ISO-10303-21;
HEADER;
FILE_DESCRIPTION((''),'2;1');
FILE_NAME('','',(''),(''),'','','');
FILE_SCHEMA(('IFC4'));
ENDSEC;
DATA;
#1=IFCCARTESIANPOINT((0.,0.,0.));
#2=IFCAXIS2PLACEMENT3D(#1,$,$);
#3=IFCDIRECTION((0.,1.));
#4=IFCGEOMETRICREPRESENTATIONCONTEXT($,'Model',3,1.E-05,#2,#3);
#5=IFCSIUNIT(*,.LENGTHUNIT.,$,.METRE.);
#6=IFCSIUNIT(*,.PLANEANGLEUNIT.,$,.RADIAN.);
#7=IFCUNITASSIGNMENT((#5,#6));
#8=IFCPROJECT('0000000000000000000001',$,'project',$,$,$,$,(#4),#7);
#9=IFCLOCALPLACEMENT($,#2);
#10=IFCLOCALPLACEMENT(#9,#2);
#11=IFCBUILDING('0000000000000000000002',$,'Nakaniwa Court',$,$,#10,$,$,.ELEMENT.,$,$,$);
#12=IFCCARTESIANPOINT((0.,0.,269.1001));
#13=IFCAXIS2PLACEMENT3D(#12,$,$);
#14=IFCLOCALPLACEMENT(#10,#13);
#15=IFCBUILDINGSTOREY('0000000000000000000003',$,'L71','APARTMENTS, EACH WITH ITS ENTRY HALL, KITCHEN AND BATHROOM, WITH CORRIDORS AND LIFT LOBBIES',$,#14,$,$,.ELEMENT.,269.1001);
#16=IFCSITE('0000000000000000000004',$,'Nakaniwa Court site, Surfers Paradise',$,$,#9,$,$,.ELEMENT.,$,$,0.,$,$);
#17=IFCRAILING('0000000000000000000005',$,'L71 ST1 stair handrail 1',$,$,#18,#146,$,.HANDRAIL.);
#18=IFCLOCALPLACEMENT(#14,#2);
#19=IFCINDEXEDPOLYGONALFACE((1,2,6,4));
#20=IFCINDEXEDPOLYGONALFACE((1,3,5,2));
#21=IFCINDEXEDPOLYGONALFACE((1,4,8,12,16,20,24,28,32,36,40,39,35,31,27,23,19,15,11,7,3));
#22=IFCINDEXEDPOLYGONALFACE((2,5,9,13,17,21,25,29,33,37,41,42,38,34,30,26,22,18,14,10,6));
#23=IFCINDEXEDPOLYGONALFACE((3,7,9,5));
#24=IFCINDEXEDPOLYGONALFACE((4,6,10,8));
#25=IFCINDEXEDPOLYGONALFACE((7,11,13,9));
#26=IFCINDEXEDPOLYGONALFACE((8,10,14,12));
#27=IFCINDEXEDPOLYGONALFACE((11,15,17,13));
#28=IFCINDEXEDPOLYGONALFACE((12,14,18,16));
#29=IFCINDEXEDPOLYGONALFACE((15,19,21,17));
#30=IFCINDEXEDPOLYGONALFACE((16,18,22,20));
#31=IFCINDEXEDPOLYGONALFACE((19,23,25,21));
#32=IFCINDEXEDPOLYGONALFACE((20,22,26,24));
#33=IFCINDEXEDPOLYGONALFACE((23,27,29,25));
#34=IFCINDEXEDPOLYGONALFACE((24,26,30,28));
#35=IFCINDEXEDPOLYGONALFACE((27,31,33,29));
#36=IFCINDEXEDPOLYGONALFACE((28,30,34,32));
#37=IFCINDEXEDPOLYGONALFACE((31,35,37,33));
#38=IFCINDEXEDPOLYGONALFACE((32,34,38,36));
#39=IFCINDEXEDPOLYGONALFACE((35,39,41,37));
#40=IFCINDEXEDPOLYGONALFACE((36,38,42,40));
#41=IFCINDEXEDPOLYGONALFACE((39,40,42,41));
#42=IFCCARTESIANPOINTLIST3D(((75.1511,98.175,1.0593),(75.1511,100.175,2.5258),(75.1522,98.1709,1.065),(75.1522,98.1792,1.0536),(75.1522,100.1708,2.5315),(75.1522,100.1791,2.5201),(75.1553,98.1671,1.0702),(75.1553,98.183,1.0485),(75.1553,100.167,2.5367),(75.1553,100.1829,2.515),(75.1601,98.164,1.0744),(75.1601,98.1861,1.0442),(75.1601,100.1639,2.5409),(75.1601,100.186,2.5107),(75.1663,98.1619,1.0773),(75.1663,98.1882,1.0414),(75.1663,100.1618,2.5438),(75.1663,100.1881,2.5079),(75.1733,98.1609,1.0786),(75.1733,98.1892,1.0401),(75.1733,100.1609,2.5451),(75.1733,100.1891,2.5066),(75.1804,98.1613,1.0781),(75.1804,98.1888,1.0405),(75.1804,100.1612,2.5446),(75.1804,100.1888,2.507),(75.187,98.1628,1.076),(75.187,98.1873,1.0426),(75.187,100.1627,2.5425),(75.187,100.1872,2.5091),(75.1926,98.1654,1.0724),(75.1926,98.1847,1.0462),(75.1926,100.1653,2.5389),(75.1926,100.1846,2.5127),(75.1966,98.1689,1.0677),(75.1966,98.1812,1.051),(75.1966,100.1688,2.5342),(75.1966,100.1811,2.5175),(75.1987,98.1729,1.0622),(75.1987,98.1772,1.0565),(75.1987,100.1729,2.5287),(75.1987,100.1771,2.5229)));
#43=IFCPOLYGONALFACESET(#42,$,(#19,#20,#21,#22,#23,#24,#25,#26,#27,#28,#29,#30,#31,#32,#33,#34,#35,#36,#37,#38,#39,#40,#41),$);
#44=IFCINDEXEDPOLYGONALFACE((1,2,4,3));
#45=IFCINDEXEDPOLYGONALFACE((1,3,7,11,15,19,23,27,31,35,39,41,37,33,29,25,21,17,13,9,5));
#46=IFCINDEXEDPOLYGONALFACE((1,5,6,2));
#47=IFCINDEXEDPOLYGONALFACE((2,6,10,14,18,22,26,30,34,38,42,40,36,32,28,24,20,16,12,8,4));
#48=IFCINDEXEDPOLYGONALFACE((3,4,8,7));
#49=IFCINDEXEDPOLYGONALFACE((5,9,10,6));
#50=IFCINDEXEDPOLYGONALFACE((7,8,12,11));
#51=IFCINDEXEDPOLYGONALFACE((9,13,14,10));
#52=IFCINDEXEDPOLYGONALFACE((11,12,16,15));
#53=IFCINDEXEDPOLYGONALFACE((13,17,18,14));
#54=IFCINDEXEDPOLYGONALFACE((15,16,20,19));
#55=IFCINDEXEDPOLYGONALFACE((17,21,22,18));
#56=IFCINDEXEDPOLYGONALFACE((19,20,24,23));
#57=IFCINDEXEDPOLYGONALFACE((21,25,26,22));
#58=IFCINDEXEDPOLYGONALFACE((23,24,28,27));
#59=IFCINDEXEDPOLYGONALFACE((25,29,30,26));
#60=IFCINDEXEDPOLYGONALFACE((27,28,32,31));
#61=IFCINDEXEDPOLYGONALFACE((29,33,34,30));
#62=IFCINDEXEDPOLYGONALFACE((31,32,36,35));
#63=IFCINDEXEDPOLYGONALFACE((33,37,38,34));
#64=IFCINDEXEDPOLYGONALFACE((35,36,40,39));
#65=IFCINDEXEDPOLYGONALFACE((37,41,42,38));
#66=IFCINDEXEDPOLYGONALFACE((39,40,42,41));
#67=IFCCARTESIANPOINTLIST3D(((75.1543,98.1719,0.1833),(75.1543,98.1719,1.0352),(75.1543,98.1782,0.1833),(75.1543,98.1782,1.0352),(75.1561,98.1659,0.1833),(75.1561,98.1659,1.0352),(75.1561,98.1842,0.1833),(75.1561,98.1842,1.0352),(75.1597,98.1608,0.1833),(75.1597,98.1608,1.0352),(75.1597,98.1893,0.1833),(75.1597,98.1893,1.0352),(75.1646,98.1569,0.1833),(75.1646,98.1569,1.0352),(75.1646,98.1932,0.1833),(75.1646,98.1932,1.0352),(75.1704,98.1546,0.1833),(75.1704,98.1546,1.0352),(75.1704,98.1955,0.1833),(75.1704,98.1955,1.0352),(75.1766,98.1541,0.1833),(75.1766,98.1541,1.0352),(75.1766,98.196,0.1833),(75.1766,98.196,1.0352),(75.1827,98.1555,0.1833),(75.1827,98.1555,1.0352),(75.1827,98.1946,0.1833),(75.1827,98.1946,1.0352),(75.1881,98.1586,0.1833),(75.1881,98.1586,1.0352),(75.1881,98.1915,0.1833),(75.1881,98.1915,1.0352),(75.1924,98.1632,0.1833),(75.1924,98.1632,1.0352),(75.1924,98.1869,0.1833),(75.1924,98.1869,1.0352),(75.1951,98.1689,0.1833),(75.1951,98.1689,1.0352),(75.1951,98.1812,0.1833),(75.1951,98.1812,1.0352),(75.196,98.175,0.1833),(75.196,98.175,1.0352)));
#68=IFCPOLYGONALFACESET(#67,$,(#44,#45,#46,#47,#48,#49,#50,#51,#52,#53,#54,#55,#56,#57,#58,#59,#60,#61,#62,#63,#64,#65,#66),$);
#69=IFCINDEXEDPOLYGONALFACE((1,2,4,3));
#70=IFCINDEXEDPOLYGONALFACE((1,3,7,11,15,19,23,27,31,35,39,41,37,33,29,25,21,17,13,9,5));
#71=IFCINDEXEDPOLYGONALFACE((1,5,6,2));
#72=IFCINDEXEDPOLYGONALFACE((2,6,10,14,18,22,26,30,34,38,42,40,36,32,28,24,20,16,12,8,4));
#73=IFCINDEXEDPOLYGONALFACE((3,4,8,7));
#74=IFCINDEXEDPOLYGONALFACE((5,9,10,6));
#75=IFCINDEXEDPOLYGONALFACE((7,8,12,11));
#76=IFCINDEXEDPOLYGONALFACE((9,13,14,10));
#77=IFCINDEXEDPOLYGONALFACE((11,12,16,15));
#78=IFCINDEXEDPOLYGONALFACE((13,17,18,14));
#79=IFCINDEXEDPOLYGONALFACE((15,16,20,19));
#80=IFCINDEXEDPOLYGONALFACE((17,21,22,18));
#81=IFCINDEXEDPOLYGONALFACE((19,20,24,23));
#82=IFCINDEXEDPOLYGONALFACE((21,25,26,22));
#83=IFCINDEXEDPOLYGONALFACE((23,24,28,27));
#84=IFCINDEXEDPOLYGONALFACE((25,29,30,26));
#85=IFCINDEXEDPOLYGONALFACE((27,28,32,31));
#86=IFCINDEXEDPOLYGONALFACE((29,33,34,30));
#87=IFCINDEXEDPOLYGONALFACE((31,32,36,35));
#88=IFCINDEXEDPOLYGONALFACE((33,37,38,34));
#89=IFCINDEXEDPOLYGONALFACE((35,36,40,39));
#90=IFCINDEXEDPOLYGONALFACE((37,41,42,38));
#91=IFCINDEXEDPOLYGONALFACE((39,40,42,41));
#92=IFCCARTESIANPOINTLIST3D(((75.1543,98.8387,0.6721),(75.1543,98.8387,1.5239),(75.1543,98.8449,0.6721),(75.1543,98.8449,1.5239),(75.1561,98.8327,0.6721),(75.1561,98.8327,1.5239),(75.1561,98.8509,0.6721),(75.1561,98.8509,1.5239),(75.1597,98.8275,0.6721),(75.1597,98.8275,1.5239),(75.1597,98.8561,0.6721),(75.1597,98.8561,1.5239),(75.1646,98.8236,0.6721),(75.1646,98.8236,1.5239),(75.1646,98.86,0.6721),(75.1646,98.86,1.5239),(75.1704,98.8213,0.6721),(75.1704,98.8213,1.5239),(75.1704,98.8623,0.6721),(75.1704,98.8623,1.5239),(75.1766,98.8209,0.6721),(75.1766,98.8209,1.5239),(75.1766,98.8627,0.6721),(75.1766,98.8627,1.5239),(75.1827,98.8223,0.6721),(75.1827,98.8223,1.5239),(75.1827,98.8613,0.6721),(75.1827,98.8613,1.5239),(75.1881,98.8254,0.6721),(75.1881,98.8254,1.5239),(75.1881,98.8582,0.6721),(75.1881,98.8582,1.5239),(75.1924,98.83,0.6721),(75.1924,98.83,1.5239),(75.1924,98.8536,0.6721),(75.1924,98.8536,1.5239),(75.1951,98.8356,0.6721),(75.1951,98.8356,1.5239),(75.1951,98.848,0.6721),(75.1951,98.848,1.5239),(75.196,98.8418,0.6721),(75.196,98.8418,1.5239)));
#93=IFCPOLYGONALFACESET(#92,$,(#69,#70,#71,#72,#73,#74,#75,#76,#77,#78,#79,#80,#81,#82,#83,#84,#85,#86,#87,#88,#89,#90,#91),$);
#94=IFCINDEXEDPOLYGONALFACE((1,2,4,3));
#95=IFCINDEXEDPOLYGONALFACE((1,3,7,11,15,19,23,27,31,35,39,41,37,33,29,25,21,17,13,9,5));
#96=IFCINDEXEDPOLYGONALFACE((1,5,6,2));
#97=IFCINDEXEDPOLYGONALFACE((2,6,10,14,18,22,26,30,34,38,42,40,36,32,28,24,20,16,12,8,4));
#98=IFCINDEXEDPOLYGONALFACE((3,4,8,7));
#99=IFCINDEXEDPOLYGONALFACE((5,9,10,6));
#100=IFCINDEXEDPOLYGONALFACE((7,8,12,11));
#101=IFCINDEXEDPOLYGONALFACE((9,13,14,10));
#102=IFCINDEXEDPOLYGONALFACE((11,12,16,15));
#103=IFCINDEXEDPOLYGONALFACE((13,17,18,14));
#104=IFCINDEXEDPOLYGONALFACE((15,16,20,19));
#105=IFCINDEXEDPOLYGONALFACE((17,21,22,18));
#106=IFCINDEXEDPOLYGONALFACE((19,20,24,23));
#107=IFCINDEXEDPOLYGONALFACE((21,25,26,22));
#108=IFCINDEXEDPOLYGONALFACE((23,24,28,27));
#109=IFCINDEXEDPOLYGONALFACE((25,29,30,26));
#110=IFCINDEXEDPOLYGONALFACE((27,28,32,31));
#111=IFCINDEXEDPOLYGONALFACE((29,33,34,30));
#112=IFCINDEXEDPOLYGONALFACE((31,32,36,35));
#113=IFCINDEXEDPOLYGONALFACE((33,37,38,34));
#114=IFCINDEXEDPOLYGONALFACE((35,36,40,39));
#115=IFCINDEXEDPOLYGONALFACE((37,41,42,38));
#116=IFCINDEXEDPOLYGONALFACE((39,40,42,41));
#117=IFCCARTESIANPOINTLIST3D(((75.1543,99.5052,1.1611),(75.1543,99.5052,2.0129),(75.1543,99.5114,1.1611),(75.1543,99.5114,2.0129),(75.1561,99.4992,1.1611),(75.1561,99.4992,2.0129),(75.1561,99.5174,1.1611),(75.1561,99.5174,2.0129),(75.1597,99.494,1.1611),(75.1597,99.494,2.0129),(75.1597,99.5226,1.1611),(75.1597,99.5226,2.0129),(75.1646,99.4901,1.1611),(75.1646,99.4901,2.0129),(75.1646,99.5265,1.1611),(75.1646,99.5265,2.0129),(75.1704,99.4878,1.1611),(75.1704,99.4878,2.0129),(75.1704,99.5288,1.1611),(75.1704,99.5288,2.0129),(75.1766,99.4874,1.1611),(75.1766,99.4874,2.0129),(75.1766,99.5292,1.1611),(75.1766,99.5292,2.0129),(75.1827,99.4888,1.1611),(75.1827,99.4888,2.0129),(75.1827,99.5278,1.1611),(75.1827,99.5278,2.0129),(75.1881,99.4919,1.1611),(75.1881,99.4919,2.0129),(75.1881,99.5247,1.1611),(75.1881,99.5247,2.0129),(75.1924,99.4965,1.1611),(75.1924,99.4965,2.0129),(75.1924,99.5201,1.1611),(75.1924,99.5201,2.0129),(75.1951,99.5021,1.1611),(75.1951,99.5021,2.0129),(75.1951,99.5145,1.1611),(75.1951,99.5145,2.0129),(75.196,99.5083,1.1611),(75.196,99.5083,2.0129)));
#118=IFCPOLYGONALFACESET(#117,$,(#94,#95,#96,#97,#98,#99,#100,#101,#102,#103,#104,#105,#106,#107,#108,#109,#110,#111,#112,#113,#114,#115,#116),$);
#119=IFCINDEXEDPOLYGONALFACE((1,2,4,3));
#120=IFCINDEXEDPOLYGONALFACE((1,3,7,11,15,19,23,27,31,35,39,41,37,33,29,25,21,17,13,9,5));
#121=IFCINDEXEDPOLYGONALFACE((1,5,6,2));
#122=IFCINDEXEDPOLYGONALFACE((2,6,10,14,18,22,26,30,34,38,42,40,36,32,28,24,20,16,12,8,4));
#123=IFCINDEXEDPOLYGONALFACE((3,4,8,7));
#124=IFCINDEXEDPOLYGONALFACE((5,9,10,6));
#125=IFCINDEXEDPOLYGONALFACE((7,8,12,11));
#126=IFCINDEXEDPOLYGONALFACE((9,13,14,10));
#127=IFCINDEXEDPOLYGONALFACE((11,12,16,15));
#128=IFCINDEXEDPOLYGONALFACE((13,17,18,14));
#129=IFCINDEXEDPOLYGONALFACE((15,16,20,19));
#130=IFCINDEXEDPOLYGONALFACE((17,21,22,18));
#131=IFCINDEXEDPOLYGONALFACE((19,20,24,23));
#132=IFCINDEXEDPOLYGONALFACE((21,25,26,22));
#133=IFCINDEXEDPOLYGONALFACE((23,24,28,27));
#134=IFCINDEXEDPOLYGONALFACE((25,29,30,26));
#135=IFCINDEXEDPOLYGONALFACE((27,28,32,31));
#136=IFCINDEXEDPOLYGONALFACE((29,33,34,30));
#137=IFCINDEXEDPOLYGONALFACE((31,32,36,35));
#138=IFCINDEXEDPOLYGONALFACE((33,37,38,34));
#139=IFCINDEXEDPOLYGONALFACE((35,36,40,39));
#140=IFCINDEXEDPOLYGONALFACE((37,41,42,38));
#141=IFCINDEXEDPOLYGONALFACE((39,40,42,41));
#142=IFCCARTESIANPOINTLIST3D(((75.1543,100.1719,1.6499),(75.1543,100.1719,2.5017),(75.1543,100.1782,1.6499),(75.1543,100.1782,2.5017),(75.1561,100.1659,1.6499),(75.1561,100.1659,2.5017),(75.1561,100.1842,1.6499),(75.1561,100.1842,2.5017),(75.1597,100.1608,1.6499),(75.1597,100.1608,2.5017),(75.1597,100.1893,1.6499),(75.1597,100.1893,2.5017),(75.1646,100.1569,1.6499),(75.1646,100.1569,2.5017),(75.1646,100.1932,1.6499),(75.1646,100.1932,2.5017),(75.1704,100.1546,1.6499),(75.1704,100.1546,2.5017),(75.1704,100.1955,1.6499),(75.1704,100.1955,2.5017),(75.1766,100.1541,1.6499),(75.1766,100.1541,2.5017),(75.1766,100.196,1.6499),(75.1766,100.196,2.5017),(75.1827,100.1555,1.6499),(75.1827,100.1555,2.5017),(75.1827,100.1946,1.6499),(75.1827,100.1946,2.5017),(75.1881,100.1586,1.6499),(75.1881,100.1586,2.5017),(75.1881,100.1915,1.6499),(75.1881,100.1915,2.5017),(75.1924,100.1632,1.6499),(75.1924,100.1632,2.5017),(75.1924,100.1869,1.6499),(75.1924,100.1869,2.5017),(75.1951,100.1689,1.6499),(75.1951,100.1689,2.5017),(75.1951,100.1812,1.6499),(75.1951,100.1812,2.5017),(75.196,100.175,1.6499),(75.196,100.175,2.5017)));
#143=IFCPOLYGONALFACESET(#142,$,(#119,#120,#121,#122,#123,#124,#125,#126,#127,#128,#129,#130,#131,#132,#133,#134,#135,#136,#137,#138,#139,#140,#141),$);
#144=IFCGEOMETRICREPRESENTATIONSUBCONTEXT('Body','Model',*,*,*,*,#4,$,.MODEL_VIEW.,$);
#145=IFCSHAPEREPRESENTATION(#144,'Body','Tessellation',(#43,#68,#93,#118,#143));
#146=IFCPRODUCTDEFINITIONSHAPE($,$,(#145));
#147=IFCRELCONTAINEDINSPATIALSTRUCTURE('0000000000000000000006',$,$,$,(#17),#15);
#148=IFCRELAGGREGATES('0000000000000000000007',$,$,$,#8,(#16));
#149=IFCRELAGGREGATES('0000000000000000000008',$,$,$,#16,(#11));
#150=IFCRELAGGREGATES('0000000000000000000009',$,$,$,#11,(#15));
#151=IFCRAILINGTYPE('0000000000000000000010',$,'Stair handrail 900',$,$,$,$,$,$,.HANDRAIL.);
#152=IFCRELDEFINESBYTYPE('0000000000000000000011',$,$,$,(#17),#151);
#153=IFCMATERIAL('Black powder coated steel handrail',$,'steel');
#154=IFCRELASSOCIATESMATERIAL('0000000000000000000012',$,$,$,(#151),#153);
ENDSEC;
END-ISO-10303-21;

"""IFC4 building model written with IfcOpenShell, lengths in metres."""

from ifc_helpers import new_model, si_unit, direction, frame, origin, origin_2d, place, context, subcontext, project, spatial, circle, extrude, material, type_object, element, save


model = new_model("IFC4")

# Units and contexts
model_context = context("Model", 3, precision=1e-05, world=origin(), true_north=direction((0.0, 1.0)))
body_context = subcontext(model_context, "Body", "Model", "MODEL_VIEW")
ifc_project = project(units=[si_unit("LENGTHUNIT", "METRE"), si_unit("PLANEANGLEUNIT", "RADIAN")], contexts=[model_context])

# Site, building, storey
site_placement = place(None, origin())
site = spatial("IfcSite", under=ifc_project, at=site_placement, Name="Nakaniwa Court site, Surfers Paradise", CompositionType="ELEMENT", RefElevation=0.0)
building_placement = place(site_placement, origin())
building = spatial("IfcBuilding", under=site, at=building_placement, Name="Nakaniwa Court", CompositionType="ELEMENT")
storey_placement = place(building_placement, frame((0.0, 0.0, 269.1001)))
storey = spatial("IfcBuildingStorey", under=building, at=storey_placement, Name="L71", Description="APARTMENTS, EACH WITH ITS ENTRY HALL, KITCHEN AND BATHROOM, WITH CORRIDORS AND LIFT LOBBIES", CompositionType="ELEMENT", Elevation=269.1001)

# Railing
ifc_material_1 = material(Name="Black powder coated steel handrail", Category="steel")
railing_type_1 = type_object("IfcRailingType", Name="Stair handrail 900", PredefinedType="HANDRAIL", material=ifc_material_1)
railing_1_placement = place(storey_placement, frame((75.175, 98.175, 0.1833)))
element("IfcRailing", 1, at=railing_1_placement, inside=storey, type_object=railing_type_1, Name="L71 ST1 stair handrail 1", PredefinedType="HANDRAIL", context=body_context, shape_type="SweptSolid", body=[
    extrude(circle(Radius=0.0239, at=origin_2d()), frame((0.0, 0.0, 0.876), z_axis=(0.0, 0.806427, 0.591334), x_axis=(-1.0, 0.0, 0.0)), (0.0, 0.0, 1.0), 2.48),
    extrude(circle(Radius=0.021, at=origin_2d()), origin(), (0.0, 0.0, 1.0), 0.8518),
    extrude(circle(Radius=0.021, at=origin_2d()), frame((0.0, 0.6667, 0.4888)), (0.0, 0.0, 1.0), 0.8518),
    extrude(circle(Radius=0.021, at=origin_2d()), frame((0.0, 1.3333, 0.9778)), (0.0, 0.0, 1.0), 0.8518),
    extrude(circle(Radius=0.021, at=origin_2d()), frame((0.0, 2.0, 1.4666)), (0.0, 0.0, 1.0), 0.8518),
])

save(model, "model.ifc")
